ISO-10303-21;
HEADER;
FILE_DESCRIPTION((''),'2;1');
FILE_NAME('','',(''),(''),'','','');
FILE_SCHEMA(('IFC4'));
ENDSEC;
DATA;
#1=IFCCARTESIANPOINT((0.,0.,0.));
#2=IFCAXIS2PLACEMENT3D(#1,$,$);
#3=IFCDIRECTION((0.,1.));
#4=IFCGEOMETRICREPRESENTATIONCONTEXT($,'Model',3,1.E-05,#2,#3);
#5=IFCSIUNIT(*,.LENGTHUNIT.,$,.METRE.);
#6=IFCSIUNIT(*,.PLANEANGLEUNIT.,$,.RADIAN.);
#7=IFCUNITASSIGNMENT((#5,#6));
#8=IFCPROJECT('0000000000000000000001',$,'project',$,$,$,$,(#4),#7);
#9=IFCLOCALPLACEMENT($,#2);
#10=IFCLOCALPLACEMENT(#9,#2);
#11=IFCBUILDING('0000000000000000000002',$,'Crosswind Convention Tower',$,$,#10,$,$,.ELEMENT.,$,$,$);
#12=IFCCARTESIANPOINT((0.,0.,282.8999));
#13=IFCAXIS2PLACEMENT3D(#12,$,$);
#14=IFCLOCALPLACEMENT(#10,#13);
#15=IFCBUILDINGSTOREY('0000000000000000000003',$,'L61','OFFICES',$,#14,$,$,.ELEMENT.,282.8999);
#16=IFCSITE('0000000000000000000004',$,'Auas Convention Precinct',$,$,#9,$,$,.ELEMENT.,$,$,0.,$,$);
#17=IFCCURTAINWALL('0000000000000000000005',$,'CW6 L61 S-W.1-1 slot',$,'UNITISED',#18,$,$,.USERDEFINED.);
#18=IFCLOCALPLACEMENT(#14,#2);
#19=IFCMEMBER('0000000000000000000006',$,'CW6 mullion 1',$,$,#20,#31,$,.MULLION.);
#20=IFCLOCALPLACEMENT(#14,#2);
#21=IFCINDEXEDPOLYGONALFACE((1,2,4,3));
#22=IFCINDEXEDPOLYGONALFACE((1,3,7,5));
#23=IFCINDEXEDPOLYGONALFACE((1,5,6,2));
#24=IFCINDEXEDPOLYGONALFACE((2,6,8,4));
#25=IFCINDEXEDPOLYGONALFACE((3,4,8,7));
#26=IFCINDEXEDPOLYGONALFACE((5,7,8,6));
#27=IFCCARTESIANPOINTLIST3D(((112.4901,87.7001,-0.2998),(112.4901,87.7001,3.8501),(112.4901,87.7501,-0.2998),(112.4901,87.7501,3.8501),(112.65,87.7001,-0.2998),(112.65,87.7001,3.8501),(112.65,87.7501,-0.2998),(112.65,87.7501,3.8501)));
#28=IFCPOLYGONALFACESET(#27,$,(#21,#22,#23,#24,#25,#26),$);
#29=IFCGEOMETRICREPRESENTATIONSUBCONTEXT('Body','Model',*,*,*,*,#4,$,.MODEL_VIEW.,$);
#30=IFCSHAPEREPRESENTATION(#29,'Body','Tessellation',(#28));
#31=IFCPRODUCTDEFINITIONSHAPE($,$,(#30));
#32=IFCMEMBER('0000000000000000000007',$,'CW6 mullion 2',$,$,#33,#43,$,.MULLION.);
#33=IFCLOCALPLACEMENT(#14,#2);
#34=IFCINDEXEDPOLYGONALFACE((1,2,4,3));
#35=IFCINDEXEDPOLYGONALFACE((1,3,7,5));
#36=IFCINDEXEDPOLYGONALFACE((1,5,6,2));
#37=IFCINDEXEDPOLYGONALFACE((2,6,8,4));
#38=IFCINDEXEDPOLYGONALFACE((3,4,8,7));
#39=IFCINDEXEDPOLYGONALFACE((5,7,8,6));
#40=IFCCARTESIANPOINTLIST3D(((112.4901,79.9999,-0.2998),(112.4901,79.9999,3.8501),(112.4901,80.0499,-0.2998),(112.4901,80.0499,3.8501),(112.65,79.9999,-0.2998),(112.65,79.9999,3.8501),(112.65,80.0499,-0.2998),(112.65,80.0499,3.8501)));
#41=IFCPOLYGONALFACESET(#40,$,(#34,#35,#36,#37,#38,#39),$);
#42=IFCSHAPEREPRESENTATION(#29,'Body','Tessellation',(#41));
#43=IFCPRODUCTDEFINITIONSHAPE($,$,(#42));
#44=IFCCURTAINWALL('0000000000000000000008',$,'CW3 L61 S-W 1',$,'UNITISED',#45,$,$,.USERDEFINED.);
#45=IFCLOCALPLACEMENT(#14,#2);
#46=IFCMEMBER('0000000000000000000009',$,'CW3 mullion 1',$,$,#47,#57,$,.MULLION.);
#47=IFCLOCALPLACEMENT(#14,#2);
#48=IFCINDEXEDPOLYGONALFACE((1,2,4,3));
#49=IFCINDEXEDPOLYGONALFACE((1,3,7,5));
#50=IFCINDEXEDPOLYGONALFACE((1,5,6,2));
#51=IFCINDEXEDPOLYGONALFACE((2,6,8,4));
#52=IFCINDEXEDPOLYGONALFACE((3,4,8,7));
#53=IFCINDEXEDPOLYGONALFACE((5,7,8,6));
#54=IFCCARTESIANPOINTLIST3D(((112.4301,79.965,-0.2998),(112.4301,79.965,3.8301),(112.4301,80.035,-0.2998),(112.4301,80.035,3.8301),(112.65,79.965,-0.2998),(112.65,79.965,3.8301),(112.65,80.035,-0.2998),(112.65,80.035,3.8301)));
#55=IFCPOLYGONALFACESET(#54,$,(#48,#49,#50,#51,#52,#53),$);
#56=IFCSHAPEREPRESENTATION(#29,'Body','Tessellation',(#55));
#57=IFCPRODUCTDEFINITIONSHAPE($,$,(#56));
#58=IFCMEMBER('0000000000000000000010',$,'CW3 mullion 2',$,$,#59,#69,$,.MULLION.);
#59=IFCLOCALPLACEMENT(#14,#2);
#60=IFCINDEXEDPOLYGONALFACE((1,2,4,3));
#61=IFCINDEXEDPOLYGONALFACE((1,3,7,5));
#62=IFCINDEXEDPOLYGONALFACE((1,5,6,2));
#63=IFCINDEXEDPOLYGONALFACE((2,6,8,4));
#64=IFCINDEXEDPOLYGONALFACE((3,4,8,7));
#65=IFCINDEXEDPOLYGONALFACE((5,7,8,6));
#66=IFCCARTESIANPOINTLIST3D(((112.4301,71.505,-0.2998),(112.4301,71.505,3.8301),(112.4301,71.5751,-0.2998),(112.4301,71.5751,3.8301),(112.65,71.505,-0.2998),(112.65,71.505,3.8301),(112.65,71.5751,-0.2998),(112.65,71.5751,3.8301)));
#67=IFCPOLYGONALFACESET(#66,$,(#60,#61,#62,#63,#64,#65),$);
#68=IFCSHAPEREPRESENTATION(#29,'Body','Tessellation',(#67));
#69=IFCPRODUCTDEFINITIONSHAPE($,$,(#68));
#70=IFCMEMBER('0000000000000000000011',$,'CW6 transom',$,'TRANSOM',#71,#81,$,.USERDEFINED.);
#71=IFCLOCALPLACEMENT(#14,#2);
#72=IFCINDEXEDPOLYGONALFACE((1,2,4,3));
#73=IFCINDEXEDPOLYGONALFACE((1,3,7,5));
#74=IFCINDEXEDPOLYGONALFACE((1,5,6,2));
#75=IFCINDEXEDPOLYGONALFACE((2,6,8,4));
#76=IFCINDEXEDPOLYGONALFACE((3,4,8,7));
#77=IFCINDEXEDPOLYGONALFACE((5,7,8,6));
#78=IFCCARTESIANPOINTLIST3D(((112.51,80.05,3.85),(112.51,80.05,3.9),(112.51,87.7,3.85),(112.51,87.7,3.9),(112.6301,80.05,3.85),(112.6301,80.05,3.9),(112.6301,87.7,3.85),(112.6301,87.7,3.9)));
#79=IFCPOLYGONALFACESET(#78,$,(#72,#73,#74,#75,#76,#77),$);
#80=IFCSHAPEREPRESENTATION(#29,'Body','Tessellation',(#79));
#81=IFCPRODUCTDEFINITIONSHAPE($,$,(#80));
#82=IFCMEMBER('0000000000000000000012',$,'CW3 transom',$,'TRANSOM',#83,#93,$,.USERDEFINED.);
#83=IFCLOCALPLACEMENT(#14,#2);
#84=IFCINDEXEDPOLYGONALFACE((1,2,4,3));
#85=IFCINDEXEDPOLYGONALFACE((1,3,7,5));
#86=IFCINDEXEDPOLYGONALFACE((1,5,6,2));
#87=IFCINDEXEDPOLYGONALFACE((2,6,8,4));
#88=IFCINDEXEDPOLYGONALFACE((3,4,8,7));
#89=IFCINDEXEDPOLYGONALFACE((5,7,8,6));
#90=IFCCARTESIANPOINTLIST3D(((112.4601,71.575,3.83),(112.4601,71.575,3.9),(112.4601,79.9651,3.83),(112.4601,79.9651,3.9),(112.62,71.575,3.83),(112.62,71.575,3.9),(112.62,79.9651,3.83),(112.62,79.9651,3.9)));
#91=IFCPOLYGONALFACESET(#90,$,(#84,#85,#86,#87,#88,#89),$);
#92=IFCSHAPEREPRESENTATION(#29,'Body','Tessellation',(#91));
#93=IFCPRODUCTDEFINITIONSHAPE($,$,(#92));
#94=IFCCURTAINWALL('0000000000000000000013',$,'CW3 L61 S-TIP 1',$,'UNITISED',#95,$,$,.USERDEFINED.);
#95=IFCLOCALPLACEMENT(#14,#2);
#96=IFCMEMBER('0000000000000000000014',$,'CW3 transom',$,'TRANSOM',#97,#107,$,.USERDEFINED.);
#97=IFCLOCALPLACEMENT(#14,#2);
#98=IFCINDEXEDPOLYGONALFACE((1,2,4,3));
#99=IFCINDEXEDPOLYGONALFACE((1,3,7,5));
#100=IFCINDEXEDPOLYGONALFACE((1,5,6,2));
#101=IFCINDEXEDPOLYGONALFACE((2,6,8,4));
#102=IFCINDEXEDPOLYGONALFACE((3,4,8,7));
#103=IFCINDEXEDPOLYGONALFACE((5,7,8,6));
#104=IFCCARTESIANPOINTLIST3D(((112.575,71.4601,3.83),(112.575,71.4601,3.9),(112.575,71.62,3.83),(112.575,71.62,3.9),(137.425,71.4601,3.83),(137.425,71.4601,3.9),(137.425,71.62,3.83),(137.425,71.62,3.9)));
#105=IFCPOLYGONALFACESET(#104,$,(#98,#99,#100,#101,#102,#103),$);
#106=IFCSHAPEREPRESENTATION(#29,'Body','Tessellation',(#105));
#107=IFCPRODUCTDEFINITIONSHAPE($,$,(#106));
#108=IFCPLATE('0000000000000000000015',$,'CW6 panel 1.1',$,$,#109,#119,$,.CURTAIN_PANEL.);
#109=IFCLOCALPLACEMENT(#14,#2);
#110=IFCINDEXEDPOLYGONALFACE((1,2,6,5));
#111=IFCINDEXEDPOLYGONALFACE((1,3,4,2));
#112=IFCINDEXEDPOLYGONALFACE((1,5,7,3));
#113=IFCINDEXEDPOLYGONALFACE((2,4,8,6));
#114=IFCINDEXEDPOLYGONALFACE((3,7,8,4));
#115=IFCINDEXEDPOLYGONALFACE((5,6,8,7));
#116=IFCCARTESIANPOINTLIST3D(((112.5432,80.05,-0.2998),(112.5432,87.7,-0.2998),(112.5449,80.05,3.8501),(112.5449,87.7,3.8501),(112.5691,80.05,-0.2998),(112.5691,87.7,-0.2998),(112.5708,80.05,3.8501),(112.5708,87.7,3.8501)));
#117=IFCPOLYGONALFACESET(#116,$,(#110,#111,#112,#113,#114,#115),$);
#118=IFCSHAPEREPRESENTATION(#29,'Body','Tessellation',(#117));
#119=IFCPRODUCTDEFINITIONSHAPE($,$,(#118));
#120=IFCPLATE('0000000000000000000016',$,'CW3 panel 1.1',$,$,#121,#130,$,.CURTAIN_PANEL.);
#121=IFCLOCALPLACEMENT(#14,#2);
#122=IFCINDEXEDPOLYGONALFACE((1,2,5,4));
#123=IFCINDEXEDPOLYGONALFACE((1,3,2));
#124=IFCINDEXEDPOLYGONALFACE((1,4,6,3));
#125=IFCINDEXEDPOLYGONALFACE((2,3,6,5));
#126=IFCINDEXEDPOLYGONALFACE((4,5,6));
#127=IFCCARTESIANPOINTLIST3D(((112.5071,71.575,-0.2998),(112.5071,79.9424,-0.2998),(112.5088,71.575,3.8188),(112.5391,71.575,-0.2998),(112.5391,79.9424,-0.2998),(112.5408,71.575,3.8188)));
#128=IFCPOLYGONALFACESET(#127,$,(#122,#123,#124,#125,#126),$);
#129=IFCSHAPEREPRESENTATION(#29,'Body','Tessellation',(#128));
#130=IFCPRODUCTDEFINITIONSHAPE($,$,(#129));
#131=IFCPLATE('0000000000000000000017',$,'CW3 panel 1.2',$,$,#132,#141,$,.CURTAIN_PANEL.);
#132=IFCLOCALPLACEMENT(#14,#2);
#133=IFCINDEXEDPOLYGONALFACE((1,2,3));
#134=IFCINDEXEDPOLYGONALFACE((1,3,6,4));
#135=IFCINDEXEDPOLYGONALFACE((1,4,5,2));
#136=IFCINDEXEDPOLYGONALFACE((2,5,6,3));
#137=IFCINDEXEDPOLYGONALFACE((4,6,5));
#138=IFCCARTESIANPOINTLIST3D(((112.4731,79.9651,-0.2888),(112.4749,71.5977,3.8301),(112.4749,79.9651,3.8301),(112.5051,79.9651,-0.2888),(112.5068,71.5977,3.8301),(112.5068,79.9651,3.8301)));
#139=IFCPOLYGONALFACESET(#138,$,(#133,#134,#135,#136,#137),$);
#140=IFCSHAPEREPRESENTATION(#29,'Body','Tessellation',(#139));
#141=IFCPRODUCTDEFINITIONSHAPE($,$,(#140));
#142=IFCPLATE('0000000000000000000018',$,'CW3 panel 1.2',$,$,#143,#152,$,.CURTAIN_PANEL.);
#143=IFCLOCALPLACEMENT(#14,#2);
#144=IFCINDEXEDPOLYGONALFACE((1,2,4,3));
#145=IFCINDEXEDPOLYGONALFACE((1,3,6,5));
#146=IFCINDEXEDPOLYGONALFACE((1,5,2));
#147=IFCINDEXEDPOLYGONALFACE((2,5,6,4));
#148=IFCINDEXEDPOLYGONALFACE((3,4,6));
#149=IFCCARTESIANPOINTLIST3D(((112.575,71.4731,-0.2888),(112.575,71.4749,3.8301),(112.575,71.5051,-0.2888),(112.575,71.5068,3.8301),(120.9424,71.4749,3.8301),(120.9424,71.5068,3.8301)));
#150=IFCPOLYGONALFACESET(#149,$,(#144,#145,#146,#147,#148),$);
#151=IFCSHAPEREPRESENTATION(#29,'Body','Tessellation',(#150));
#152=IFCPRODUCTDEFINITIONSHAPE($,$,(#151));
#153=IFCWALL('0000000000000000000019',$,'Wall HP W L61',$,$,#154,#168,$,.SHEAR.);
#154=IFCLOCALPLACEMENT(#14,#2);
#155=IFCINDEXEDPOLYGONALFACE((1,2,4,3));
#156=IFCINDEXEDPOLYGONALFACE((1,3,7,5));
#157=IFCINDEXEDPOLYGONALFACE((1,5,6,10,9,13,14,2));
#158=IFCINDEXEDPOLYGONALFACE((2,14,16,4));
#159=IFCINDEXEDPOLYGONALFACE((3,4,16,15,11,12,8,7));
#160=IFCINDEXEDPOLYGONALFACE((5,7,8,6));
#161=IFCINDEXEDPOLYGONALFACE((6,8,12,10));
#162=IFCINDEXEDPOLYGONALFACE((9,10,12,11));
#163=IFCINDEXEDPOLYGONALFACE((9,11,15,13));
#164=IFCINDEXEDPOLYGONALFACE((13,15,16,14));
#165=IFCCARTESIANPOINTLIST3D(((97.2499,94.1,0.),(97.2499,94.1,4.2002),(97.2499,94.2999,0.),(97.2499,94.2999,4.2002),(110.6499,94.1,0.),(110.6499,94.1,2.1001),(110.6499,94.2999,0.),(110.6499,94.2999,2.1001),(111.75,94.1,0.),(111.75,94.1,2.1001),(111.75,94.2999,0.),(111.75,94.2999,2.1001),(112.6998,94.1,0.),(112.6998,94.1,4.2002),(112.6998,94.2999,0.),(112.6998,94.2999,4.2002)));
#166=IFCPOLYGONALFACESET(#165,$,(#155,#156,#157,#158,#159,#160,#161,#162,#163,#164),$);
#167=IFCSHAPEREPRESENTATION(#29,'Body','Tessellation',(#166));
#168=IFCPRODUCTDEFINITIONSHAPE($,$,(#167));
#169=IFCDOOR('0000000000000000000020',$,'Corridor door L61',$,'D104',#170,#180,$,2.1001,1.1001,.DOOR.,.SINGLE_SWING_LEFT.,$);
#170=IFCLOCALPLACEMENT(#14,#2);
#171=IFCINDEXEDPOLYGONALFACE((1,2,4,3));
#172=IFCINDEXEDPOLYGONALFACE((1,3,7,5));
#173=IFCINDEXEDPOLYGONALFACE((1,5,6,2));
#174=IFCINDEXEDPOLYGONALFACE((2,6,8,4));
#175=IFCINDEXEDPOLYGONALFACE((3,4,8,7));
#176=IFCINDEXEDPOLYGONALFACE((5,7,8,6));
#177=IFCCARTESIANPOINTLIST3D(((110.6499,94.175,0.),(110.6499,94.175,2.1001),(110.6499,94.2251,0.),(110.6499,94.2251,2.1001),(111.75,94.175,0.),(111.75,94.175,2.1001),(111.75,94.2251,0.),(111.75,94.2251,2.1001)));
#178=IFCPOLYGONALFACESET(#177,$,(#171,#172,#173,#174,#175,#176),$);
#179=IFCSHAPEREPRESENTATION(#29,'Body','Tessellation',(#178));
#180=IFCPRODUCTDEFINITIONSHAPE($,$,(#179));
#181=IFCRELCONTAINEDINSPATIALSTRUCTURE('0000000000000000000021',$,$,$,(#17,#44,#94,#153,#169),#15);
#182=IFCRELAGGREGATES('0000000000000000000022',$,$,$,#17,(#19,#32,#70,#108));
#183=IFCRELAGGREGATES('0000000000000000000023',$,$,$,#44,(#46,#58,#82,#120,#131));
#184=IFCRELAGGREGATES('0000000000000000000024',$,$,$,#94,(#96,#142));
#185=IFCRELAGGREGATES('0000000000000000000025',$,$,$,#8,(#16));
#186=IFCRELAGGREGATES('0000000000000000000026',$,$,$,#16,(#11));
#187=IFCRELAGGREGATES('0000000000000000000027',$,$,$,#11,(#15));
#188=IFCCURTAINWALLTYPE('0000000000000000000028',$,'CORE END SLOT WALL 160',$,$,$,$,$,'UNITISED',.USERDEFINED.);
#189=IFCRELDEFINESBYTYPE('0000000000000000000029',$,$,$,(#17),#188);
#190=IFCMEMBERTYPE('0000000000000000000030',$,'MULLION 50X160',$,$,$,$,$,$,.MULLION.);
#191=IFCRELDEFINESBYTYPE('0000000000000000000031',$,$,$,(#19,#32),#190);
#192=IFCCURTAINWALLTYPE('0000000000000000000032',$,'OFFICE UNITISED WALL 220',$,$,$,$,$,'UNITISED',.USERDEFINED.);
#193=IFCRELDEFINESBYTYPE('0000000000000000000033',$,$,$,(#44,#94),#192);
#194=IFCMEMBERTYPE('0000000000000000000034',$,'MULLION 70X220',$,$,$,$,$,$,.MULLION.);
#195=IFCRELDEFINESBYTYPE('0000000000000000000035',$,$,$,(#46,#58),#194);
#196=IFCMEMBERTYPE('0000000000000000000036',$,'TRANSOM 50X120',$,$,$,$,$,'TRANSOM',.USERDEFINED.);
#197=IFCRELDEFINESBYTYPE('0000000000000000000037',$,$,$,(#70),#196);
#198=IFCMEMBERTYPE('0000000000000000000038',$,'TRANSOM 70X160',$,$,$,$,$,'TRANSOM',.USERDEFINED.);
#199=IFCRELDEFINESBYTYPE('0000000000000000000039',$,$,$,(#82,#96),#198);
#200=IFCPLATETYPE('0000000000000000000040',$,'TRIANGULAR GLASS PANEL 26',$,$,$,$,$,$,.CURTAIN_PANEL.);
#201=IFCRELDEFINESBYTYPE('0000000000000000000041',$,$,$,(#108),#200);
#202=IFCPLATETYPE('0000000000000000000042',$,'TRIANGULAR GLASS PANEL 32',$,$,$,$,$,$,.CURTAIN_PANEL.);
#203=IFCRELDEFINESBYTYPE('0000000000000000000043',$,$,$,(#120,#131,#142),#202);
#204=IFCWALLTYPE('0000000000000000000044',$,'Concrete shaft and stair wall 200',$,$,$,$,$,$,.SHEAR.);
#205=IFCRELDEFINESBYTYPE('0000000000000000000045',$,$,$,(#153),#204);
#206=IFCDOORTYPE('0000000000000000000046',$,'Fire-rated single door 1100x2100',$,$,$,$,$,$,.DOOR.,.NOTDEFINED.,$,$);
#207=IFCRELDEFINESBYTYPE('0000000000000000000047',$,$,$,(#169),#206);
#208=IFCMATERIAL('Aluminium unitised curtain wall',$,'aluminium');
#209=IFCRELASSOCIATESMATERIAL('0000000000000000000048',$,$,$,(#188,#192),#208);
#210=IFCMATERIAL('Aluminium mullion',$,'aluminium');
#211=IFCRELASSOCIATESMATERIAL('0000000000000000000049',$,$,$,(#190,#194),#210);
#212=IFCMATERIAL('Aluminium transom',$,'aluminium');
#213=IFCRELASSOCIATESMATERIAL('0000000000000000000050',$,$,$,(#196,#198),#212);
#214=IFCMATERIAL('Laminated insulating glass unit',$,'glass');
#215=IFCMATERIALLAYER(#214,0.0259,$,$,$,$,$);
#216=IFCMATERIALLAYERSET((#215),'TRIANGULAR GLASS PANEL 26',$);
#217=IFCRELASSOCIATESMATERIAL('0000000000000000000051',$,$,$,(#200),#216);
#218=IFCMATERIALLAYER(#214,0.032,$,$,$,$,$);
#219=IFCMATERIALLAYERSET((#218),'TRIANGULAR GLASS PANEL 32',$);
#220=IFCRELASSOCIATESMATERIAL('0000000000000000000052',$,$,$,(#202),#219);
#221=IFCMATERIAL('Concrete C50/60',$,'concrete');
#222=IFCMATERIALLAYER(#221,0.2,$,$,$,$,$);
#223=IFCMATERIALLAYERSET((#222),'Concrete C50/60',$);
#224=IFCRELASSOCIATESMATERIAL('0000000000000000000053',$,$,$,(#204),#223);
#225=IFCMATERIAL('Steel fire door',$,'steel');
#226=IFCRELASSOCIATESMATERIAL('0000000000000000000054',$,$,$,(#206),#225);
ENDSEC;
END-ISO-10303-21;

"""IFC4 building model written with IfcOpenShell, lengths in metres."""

from ifc_helpers import new_model, si_unit, direction, frame, frame_2d, origin, origin_2d, place, context, subcontext, project, spatial, polyline, rectangle, outline, extrude, material, layer, layer_set, material_profile, profile_set, type_object, element, fill, aggregate, save


model = new_model("IFC4")

# Units and contexts
model_context = context("Model", 3, precision=1e-05, world=origin(), true_north=direction((0.0, 1.0)))
body_context = subcontext(model_context, "Body", "Model", "MODEL_VIEW")
ifc_project = project(units=[si_unit("LENGTHUNIT", "METRE"), si_unit("PLANEANGLEUNIT", "RADIAN")], contexts=[model_context])

# Site, building, storey
site_placement = place(None, origin())
site = spatial("IfcSite", under=ifc_project, at=site_placement, Name="Auas Convention Precinct", CompositionType="ELEMENT", RefElevation=0.0)
building_placement = place(site_placement, origin())
building = spatial("IfcBuilding", under=site, at=building_placement, Name="Crosswind Convention Tower", CompositionType="ELEMENT")
storey_placement = place(building_placement, frame((0.0, 0.0, 282.8999)))
storey = spatial("IfcBuildingStorey", under=building, at=storey_placement, Name="L61", Description="OFFICES", CompositionType="ELEMENT", Elevation=282.8999)

# Curtain walls, members
ifc_material_1 = material(Name="Aluminium unitised curtain wall", Category="aluminium")
curtain_wall_type_1 = type_object("IfcCurtainWallType", Name="CORE END SLOT WALL 160", ElementType="UNITISED", PredefinedType="USERDEFINED", material=ifc_material_1)
curtain_wall_1_placement = place(storey_placement, origin())
curtain_wall_1 = element("IfcCurtainWall", 1, at=curtain_wall_1_placement, inside=storey, type_object=curtain_wall_type_1, Name="CW6 L61 S-W.1-1 slot", ObjectType="UNITISED", PredefinedType="USERDEFINED")
ifc_material_2 = material(Name="Aluminium mullion", Category="aluminium")
ifc_material_profile_1 = material_profile(ifc_material_2, rectangle(XDim=0.1599, YDim=0.05, at=origin_2d()), Name="AL 160X50")
ifc_profile_set_1 = profile_set([ifc_material_profile_1], Name="Aluminium mullion")
member_type_1 = type_object("IfcMemberType", Name="MULLION 50X160", PredefinedType="MULLION", material=ifc_profile_set_1)
member_1_placement = place(storey_placement, frame((112.5701, 87.7251, -0.2998), z_axis=(0.0, 0.0, 1.0), x_axis=(-1.0, 0.0, 0.0)))
member_1 = element("IfcMember", 2, at=member_1_placement, type_object=member_type_1, Name="CW6 mullion 1", PredefinedType="MULLION", context=body_context, shape_type="SweptSolid", body=[
    extrude(rectangle(XDim=0.1599, YDim=0.05, at=origin_2d()), origin(), (0.0, 0.0, 1.0), 4.1499),
])
member_2_placement = place(storey_placement, frame((112.5701, 80.0249, -0.2998), z_axis=(0.0, 0.0, 1.0), x_axis=(-1.0, 0.0, 0.0)))
member_2 = element("IfcMember", 3, at=member_2_placement, type_object=member_type_1, Name="CW6 mullion 2", PredefinedType="MULLION", context=body_context, shape_type="SweptSolid", body=[
    extrude(rectangle(XDim=0.1599, YDim=0.05, at=origin_2d()), origin(), (0.0, 0.0, 1.0), 4.1499),
])
curtain_wall_type_2 = type_object("IfcCurtainWallType", Name="OFFICE UNITISED WALL 220", ElementType="UNITISED", PredefinedType="USERDEFINED", material=ifc_material_1)
curtain_wall_2_placement = place(storey_placement, origin())
curtain_wall_2 = element("IfcCurtainWall", 4, at=curtain_wall_2_placement, inside=storey, type_object=curtain_wall_type_2, Name="CW3 L61 S-W 1", ObjectType="UNITISED", PredefinedType="USERDEFINED")
ifc_material_profile_2 = material_profile(ifc_material_2, rectangle(XDim=0.22, YDim=0.0701, at=origin_2d()), Name="AL 220X70")
ifc_profile_set_2 = profile_set([ifc_material_profile_2], Name="Aluminium mullion")
member_type_2 = type_object("IfcMemberType", Name="MULLION 70X220", PredefinedType="MULLION", material=ifc_profile_set_2)
member_3_placement = place(storey_placement, frame((112.54, 80.0, -0.2998), z_axis=(0.0, 0.0, 1.0), x_axis=(-1.0, 0.0, 0.0)))
member_3 = element("IfcMember", 5, at=member_3_placement, type_object=member_type_2, Name="CW3 mullion 1", PredefinedType="MULLION", context=body_context, shape_type="SweptSolid", body=[
    extrude(rectangle(XDim=0.22, YDim=0.0701, at=origin_2d()), origin(), (0.0, 0.0, 1.0), 4.1299),
])
member_4_placement = place(storey_placement, frame((112.54, 71.54, -0.2998), z_axis=(0.0, 0.0, 1.0), x_axis=(-1.0, 0.0, 0.0)))
member_4 = element("IfcMember", 6, at=member_4_placement, type_object=member_type_2, Name="CW3 mullion 2", PredefinedType="MULLION", context=body_context, shape_type="SweptSolid", body=[
    extrude(rectangle(XDim=0.22, YDim=0.0701, at=origin_2d()), origin(), (0.0, 0.0, 1.0), 4.1299),
])

# Members
ifc_material_3 = material(Name="Aluminium transom", Category="aluminium")
ifc_material_profile_3 = material_profile(ifc_material_3, rectangle(XDim=0.1201, YDim=0.05, at=origin_2d()), Name="AL 120X50")
ifc_profile_set_3 = profile_set([ifc_material_profile_3], Name="Aluminium transom")
member_type_3 = type_object("IfcMemberType", Name="TRANSOM 50X120", ElementType="TRANSOM", PredefinedType="USERDEFINED", material=ifc_profile_set_3)
member_5_placement = place(storey_placement, frame((112.5701, 87.7, 3.875), z_axis=(0.0, -1.0, 0.0), x_axis=(1.0, 0.0, 0.0)))
member_5 = element("IfcMember", 7, at=member_5_placement, type_object=member_type_3, Name="CW6 transom", ObjectType="TRANSOM", PredefinedType="USERDEFINED", context=body_context, shape_type="SweptSolid", body=[
    extrude(rectangle(XDim=0.1201, YDim=0.05, at=origin_2d()), origin(), (0.0, 0.0, 1.0), 7.6499),
])
ifc_material_profile_4 = material_profile(ifc_material_3, rectangle(XDim=0.1599, YDim=0.0701, at=origin_2d()), Name="AL 160X70")
ifc_profile_set_4 = profile_set([ifc_material_profile_4], Name="Aluminium transom")
member_type_4 = type_object("IfcMemberType", Name="TRANSOM 70X160", ElementType="TRANSOM", PredefinedType="USERDEFINED", material=ifc_profile_set_4)
member_6_placement = place(storey_placement, frame((112.54, 79.9651, 3.865), z_axis=(0.0, -1.0, 0.0), x_axis=(1.0, 0.0, 0.0)))
member_6 = element("IfcMember", 8, at=member_6_placement, type_object=member_type_4, Name="CW3 transom", ObjectType="TRANSOM", PredefinedType="USERDEFINED", context=body_context, shape_type="SweptSolid", body=[
    extrude(rectangle(XDim=0.1599, YDim=0.0701, at=origin_2d()), origin(), (0.0, 0.0, 1.0), 8.3901),
])

# Curtain wall, member
curtain_wall_3_placement = place(storey_placement, origin())
curtain_wall_3 = element("IfcCurtainWall", 9, at=curtain_wall_3_placement, inside=storey, type_object=curtain_wall_type_2, Name="CW3 L61 S-TIP 1", ObjectType="UNITISED", PredefinedType="USERDEFINED")
member_7_placement = place(storey_placement, frame((112.575, 71.54, 3.865), z_axis=(1.0, 0.0, 0.0), x_axis=(0.0, 1.0, 0.0)))
member_7 = element("IfcMember", 10, at=member_7_placement, type_object=member_type_4, Name="CW3 transom", ObjectType="TRANSOM", PredefinedType="USERDEFINED", context=body_context, shape_type="SweptSolid", body=[
    extrude(rectangle(XDim=0.1599, YDim=0.0701, at=origin_2d()), origin(), (0.0, 0.0, 1.0), 24.8501),
])

# Plates
ifc_material_4 = material(Name="Laminated insulating glass unit", Category="glass")
ifc_layer_1 = layer(ifc_material_4, 0.0259)
ifc_layer_set_1 = layer_set([ifc_layer_1], Name="TRIANGULAR GLASS PANEL 26")
plate_type_1 = type_object("IfcPlateType", Name="TRIANGULAR GLASS PANEL 26", PredefinedType="CURTAIN_PANEL", material=ifc_layer_set_1)
plate_1_placement = place(storey_placement, frame((112.5432, 87.7, -0.2998), z_axis=(-1.0, 0.0, 0.000412), x_axis=(0.0, -1.0, 0.0)))
plate_1 = element("IfcPlate", 11, at=plate_1_placement, type_object=plate_type_1, Name="CW6 panel 1.1", PredefinedType="CURTAIN_PANEL", context=body_context, shape_type="SweptSolid", body=[
    extrude(outline(polyline([(0.0, 0.0), (7.6499, 0.0), (7.6499, 4.1499), (0.0, 4.1499), (0.0, 0.0)])), origin(), (0.0, 0.0, -1.0), 0.0259),
])
aggregate(curtain_wall_1, [member_1, member_2, member_5, plate_1])
ifc_layer_2 = layer(ifc_material_4, 0.032)
ifc_layer_set_2 = layer_set([ifc_layer_2], Name="TRIANGULAR GLASS PANEL 32")
plate_type_2 = type_object("IfcPlateType", Name="TRIANGULAR GLASS PANEL 32", PredefinedType="CURTAIN_PANEL", material=ifc_layer_set_2)
plate_2_placement = place(storey_placement, frame((112.5071, 71.575, -0.2998), z_axis=(-1.0, 0.0, 0.000415), x_axis=(0.000415, 0.0, 1.0)))
plate_2 = element("IfcPlate", 12, at=plate_2_placement, type_object=plate_type_2, Name="CW3 panel 1.1", PredefinedType="CURTAIN_PANEL", context=body_context, shape_type="SweptSolid", body=[
    extrude(outline(polyline([(0.0, 0.0), (4.1187, 0.0), (0.0, 8.3674), (0.0, 0.0)])), origin(), (0.0, 0.0, -1.0), 0.032),
])
plate_3_placement = place(storey_placement, frame((112.4749, 79.9651, 3.8301), z_axis=(-1.0, 0.0, 0.000415), x_axis=(-0.000415, 0.0, -1.0)))
plate_3 = element("IfcPlate", 13, at=plate_3_placement, type_object=plate_type_2, Name="CW3 panel 1.2", PredefinedType="CURTAIN_PANEL", context=body_context, shape_type="SweptSolid", body=[
    extrude(outline(polyline([(0.0, 0.0), (4.1189, 0.0), (0.0, 8.3674), (0.0, 0.0)])), origin(), (0.0, 0.0, -1.0), 0.032),
])
plate_4_placement = place(storey_placement, frame((112.575, 71.4749, 3.8301), z_axis=(0.0, -1.0, 0.000415), x_axis=(0.0, -0.000415, -1.0)))
plate_4 = element("IfcPlate", 14, at=plate_4_placement, type_object=plate_type_2, Name="CW3 panel 1.2", PredefinedType="CURTAIN_PANEL", context=body_context, shape_type="SweptSolid", body=[
    extrude(outline(polyline([(0.0, 0.0), (4.1189, 0.0), (0.0, 8.3674), (0.0, 0.0)])), origin(), (0.0, 0.0, -1.0), 0.032),
])

# Wall, opening, door
ifc_material_5 = material(Name="Concrete C50/60", Category="concrete")
ifc_layer_3 = layer(ifc_material_5, 0.2)
ifc_layer_set_3 = layer_set([ifc_layer_3], Name="Concrete C50/60")
wall_type_1 = type_object("IfcWallType", Name="Concrete shaft and stair wall 200", PredefinedType="SHEAR", material=ifc_layer_set_3)
wall_1_placement = place(storey_placement, frame((112.7, 94.2, 0.0), z_axis=(0.0, 0.0, 1.0), x_axis=(-1.0, 0.0, 0.0)))
wall_1 = element("IfcWall", 15, at=wall_1_placement, inside=storey, type_object=wall_type_1, Name="Wall HP W L61", PredefinedType="SHEAR", context=body_context, shape_type="SweptSolid", body=[
    extrude(rectangle(XDim=15.45, YDim=0.2, at=frame_2d((7.7251, 0.0))), origin(), (0.0, 0.0, 1.0), 4.2002),
])
opening_1_placement = place(wall_1_placement, frame((0.95, 0.0, 0.0)))
opening_1 = element("IfcOpeningElement", 16, at=opening_1_placement, cuts=wall_1, PredefinedType="OPENING", context=body_context, shape_type="SweptSolid", body=[
    extrude(rectangle(XDim=1.1001, YDim=2.1001, at=frame_2d((0.55, 1.05))), frame((0.0, 0.1099, 0.0), z_axis=(0.0, -1.0, 0.0), x_axis=(1.0, 0.0, 0.0)), (0.0, 0.0, 1.0), 0.22),
])
ifc_material_6 = material(Name="Steel fire door", Category="steel")
door_type_1 = type_object("IfcDoorType", Name="Fire-rated single door 1100x2100", OperationType="NOTDEFINED", PredefinedType="DOOR", material=ifc_material_6)
door_1_placement = place(opening_1_placement, origin())
door_1 = element("IfcDoor", 17, at=door_1_placement, inside=storey, type_object=door_type_1, Name="Corridor door L61", ObjectType="D104", OperationType="SINGLE_SWING_LEFT", OverallHeight=2.1001, OverallWidth=1.1001, PredefinedType="DOOR", context=body_context, shape_type="SweptSolid", body=[
    extrude(rectangle(XDim=1.1001, YDim=2.1001, at=frame_2d((0.55, 1.05))), frame((0.0, 0.0249, 0.0), z_axis=(0.0, -1.0, 0.0), x_axis=(1.0, 0.0, 0.0)), (0.0, 0.0, 1.0), 0.05),
])
fill(opening_1, door_1)

aggregate(curtain_wall_2, [member_3, member_4, member_6, plate_2, plate_3])
aggregate(curtain_wall_3, [member_7, plate_4])

save(model, "model.ifc")
